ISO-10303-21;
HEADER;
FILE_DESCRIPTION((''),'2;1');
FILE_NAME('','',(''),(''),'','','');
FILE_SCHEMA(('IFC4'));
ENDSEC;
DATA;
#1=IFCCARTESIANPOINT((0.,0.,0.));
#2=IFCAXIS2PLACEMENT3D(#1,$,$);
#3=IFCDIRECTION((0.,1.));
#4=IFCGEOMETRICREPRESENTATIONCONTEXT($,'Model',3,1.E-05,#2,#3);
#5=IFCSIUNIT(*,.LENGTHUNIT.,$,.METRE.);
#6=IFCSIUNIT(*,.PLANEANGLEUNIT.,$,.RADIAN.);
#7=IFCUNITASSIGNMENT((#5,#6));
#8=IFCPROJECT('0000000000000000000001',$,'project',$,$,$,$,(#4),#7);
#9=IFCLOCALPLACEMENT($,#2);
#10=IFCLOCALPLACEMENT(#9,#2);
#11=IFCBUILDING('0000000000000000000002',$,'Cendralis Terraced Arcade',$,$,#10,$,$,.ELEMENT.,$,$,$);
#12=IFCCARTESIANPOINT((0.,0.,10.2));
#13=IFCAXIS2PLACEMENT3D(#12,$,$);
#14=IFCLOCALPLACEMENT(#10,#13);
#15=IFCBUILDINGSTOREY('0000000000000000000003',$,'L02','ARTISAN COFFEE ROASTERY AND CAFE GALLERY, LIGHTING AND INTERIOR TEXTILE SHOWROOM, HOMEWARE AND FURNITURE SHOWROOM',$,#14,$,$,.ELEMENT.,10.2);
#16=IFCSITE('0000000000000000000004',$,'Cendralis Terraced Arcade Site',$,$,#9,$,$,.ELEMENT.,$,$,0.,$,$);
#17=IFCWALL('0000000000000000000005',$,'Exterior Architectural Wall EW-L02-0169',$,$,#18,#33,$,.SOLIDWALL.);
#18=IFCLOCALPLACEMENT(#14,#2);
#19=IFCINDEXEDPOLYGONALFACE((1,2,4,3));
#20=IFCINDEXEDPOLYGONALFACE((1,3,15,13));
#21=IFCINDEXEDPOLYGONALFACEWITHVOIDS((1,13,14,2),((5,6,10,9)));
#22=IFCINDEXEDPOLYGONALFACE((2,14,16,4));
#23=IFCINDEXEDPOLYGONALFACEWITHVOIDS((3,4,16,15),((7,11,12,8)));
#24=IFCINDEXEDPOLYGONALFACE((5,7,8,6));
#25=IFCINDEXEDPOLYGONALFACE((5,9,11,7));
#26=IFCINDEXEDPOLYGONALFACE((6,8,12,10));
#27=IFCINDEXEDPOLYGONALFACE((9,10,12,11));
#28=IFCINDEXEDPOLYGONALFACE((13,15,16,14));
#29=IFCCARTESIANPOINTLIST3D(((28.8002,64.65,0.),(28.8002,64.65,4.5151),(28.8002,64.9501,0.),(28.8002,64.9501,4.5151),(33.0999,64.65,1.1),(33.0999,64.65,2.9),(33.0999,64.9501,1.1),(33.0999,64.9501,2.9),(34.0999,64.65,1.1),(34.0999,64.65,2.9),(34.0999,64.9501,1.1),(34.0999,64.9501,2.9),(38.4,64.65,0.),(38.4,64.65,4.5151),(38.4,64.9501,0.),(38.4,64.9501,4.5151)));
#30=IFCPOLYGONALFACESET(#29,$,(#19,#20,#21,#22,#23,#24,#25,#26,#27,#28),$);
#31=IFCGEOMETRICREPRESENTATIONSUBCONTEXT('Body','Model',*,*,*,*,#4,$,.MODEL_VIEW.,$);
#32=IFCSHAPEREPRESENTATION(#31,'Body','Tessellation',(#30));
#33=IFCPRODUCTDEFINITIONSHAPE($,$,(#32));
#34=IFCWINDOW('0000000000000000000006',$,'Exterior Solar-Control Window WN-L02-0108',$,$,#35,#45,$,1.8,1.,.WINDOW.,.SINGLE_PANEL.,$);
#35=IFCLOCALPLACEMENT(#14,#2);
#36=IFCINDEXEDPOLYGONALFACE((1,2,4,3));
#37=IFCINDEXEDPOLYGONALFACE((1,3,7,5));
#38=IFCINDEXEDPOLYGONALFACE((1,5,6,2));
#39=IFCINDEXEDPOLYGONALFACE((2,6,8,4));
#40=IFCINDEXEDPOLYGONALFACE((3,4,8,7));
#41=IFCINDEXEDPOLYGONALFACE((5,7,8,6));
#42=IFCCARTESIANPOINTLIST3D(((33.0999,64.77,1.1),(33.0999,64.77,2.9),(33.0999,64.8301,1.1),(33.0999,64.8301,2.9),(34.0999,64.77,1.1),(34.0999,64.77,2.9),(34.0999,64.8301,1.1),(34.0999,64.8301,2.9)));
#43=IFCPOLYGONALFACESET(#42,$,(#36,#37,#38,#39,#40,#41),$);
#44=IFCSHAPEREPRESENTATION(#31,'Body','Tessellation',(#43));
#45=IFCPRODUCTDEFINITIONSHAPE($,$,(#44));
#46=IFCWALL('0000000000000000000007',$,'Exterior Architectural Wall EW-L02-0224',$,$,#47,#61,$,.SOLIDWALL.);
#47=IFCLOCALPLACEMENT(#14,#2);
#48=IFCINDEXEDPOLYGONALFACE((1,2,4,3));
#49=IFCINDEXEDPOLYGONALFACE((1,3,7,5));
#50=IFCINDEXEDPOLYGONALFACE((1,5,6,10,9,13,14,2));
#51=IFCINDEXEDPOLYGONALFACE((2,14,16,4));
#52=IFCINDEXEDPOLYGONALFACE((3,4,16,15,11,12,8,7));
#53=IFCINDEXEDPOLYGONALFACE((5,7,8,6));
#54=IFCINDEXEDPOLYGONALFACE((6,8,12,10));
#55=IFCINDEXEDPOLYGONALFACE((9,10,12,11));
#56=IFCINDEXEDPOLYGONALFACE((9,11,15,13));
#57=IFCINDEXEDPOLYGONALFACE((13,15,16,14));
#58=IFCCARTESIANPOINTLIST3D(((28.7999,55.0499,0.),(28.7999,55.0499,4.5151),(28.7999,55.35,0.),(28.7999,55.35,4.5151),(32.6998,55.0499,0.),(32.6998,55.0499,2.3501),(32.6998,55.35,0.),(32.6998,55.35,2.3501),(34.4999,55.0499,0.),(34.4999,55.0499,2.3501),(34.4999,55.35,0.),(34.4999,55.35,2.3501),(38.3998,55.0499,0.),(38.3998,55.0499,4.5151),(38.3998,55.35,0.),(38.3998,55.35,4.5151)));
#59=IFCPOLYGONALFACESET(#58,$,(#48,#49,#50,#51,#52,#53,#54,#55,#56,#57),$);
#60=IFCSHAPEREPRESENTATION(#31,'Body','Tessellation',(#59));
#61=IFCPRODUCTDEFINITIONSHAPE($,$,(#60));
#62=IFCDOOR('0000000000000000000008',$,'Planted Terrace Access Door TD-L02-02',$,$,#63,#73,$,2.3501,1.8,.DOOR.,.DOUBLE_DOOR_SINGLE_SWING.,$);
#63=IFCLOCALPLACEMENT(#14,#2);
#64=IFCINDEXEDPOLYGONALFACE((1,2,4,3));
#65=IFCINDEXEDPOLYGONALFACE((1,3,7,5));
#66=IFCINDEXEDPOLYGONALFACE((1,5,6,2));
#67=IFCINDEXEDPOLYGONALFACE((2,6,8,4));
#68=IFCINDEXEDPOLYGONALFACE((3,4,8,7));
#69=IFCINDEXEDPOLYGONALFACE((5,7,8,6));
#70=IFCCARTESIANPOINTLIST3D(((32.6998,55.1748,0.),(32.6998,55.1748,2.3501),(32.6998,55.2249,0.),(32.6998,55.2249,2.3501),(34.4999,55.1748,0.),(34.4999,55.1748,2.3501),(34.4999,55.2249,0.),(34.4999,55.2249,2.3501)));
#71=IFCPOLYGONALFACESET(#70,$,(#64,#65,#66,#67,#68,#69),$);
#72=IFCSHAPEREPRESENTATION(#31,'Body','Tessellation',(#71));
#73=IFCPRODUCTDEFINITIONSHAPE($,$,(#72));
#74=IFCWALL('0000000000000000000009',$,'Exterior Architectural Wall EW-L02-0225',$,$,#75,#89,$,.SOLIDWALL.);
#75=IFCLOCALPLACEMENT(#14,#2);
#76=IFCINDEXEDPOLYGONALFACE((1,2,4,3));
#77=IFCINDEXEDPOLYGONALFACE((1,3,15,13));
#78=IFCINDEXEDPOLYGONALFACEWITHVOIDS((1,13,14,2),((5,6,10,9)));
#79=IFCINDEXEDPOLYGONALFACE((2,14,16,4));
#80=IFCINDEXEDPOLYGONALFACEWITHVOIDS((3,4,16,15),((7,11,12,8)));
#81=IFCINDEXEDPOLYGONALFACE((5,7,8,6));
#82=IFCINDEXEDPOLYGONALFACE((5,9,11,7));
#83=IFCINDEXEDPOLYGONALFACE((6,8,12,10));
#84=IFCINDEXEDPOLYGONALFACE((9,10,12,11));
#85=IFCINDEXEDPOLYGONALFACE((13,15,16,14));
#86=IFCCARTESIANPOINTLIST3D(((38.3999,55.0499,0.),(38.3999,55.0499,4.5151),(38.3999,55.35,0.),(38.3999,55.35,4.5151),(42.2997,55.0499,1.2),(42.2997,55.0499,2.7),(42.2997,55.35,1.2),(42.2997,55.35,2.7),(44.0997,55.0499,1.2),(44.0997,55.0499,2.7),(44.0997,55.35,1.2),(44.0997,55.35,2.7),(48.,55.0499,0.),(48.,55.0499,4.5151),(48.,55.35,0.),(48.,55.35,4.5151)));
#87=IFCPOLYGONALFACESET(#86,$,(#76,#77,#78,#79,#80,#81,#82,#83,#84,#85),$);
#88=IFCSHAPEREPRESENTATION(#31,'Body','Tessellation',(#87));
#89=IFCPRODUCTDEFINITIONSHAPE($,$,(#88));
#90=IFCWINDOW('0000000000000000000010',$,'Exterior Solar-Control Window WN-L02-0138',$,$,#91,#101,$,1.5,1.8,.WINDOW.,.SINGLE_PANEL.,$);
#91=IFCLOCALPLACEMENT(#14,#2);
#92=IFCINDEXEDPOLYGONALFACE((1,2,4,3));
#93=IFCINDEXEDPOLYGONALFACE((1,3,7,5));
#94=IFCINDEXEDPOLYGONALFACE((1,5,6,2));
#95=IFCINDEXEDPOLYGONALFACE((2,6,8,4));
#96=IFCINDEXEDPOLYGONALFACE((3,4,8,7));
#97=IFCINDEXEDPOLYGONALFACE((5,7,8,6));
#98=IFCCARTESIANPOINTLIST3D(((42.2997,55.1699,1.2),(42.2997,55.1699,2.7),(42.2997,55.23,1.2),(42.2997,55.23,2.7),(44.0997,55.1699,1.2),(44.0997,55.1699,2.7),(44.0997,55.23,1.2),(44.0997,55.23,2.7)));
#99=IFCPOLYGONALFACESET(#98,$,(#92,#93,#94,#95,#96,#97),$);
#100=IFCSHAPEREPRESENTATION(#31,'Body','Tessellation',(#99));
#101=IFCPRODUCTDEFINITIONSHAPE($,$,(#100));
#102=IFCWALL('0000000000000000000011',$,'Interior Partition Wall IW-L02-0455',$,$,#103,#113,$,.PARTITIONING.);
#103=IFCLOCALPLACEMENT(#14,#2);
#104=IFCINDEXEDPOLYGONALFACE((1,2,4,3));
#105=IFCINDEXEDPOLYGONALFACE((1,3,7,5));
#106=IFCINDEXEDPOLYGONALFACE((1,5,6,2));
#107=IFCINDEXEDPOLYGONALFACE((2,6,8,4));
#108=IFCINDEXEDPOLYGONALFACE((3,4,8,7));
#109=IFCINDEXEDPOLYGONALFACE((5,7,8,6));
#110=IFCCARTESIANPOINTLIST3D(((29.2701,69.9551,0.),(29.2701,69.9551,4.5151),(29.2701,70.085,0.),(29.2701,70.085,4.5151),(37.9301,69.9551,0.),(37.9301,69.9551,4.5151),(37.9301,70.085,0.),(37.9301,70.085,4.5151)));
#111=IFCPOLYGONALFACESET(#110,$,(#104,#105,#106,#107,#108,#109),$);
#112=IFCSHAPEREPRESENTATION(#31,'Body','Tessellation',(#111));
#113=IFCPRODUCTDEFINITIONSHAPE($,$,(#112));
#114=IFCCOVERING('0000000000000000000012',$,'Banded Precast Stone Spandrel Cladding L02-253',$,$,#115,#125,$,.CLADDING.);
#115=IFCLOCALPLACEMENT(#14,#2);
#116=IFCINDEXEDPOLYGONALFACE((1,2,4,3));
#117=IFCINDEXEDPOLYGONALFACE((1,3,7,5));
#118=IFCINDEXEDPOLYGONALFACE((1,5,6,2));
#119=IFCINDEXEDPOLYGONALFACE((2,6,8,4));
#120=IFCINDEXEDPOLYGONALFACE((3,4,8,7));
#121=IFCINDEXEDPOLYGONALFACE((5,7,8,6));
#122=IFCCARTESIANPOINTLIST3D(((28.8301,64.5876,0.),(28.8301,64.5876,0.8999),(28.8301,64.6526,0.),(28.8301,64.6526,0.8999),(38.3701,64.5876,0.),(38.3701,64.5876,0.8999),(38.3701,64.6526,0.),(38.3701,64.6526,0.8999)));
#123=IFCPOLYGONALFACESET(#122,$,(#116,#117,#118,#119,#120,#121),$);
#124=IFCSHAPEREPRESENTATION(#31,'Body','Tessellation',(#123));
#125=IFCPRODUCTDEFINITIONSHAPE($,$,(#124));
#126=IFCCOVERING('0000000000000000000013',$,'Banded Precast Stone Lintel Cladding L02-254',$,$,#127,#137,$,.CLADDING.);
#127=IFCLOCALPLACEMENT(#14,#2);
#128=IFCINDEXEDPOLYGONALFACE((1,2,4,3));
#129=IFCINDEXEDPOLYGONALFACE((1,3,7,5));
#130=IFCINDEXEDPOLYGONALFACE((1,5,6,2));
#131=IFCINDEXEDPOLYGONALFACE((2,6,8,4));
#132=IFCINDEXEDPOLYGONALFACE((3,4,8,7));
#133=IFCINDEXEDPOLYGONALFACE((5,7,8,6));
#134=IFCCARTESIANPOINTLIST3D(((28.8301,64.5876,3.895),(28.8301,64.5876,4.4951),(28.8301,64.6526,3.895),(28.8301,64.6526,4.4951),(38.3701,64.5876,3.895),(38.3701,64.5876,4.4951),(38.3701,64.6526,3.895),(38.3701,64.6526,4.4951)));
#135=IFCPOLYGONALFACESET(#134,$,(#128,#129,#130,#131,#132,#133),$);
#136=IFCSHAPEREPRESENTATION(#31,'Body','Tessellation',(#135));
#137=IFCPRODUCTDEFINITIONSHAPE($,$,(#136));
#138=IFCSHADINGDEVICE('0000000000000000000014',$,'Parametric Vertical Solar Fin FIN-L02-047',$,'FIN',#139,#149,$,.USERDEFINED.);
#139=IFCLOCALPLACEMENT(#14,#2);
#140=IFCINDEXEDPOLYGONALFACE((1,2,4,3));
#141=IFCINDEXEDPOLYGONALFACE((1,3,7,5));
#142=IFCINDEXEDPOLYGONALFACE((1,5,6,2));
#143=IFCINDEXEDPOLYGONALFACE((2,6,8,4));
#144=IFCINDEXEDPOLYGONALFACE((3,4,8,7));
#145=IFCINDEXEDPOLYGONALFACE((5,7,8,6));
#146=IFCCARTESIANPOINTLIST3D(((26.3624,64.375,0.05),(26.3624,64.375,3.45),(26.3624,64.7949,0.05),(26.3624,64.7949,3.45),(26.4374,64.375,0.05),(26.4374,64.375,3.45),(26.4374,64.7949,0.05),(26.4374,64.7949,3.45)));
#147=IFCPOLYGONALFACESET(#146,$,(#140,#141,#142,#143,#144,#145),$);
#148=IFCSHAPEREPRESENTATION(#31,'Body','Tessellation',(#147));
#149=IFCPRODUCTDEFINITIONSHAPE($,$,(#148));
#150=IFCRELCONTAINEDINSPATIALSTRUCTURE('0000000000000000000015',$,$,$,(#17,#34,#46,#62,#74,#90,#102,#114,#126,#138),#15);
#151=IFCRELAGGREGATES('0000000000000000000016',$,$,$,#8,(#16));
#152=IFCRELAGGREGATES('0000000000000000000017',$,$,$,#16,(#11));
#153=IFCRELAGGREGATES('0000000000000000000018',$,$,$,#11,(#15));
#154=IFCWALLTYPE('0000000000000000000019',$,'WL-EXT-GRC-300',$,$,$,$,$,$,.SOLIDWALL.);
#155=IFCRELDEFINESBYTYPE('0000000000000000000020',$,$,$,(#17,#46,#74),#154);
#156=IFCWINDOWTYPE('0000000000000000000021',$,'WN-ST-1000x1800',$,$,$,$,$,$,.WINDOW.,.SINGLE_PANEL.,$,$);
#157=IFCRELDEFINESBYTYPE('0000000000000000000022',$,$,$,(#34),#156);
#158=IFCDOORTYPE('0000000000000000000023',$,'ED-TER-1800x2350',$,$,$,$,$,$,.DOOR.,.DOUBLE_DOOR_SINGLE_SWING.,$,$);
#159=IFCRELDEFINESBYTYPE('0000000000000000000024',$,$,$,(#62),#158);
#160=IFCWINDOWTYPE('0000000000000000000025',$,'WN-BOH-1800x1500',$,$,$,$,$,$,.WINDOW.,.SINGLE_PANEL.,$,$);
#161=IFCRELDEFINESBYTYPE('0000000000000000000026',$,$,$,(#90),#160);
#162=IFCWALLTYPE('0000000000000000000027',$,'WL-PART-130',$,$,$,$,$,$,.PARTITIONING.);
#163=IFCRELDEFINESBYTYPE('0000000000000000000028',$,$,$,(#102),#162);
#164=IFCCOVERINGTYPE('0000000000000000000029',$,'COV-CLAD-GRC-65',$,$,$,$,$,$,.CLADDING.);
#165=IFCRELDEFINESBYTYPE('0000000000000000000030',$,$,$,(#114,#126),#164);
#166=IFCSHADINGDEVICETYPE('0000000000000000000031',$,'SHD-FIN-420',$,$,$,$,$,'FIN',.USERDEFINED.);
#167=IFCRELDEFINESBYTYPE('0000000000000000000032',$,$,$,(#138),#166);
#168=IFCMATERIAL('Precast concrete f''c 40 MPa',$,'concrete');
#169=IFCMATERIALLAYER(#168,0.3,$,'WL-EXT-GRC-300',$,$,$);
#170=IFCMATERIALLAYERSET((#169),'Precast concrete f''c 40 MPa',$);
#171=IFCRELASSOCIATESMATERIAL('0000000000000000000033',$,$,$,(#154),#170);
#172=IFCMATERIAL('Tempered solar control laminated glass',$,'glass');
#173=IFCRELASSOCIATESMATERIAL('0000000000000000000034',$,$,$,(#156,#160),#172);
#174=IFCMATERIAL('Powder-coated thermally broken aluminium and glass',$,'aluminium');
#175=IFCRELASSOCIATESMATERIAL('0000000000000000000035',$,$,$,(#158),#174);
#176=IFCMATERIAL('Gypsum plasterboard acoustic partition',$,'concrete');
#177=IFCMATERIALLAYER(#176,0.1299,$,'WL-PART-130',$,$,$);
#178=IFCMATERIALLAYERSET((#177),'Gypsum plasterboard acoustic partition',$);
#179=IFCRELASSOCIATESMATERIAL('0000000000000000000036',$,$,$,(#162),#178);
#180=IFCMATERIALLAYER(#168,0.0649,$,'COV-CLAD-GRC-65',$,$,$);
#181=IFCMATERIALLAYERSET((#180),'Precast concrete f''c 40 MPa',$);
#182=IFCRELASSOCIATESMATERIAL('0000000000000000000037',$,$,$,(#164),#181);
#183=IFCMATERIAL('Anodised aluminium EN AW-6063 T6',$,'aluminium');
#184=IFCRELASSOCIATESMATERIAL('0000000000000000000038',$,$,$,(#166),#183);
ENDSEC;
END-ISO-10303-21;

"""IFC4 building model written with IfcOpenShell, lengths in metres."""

from ifc_helpers import new_model, si_unit, direction, frame, frame_2d, origin, origin_2d, place, context, subcontext, project, spatial, rectangle, extrude, material, layer, layer_set, type_object, element, fill, save


model = new_model("IFC4")

# Units and contexts
model_context = context("Model", 3, precision=1e-05, world=origin(), true_north=direction((0.0, 1.0)))
body_context = subcontext(model_context, "Body", "Model", "MODEL_VIEW")
ifc_project = project(units=[si_unit("LENGTHUNIT", "METRE"), si_unit("PLANEANGLEUNIT", "RADIAN")], contexts=[model_context])

# Site, building, storey
site_placement = place(None, origin())
site = spatial("IfcSite", under=ifc_project, at=site_placement, Name="Cendralis Terraced Arcade Site", CompositionType="ELEMENT", RefElevation=0.0)
building_placement = place(site_placement, origin())
building = spatial("IfcBuilding", under=site, at=building_placement, Name="Cendralis Terraced Arcade", CompositionType="ELEMENT")
storey_placement = place(building_placement, frame((0.0, 0.0, 10.2)))
storey = spatial("IfcBuildingStorey", under=building, at=storey_placement, Name="L02", Description="ARTISAN COFFEE ROASTERY AND CAFE GALLERY, LIGHTING AND INTERIOR TEXTILE SHOWROOM, HOMEWARE AND FURNITURE SHOWROOM", CompositionType="ELEMENT", Elevation=10.2)

# Shared definitions
ifc_material_1 = material(Name="Anodised aluminium EN AW-6063 T6", Category="aluminium")
ifc_material_2 = material(Name="Tempered solar control laminated glass", Category="glass")

# Wall, opening, window
ifc_material_3 = material(Name="Precast concrete f'c 40 MPa", Category="concrete")
ifc_layer_1 = layer(ifc_material_3, 0.3, Name="WL-EXT-GRC-300")
ifc_layer_set_1 = layer_set([ifc_layer_1], Name="Precast concrete f'c 40 MPa")
wall_type_1 = type_object("IfcWallType", Name="WL-EXT-GRC-300", PredefinedType="SOLIDWALL", material=ifc_layer_set_1)
wall_1_placement = place(storey_placement, frame((38.3999, 64.8, 0.0), z_axis=(0.0, 0.0, 1.0), x_axis=(-1.0, 0.0, 0.0)))
wall_1 = element("IfcWall", 1, at=wall_1_placement, inside=storey, type_object=wall_type_1, Name="Exterior Architectural Wall EW-L02-0169", PredefinedType="SOLIDWALL", context=body_context, shape_type="SweptSolid", body=[
    extrude(rectangle(XDim=9.5999, YDim=0.3, at=frame_2d((4.7998, 0.0))), origin(), (0.0, 0.0, 1.0), 4.5151),
])
opening_1_placement = place(wall_1_placement, frame((4.3, 0.0, 1.1001)))
opening_1 = element("IfcOpeningElement", 2, at=opening_1_placement, cuts=wall_1, PredefinedType="OPENING", context=body_context, shape_type="SweptSolid", body=[
    extrude(rectangle(XDim=1.0, YDim=1.8, at=frame_2d((0.5, 0.8999))), frame((0.0, 0.1621, 0.0), z_axis=(0.0, -1.0, 0.0), x_axis=(1.0, 0.0, 0.0)), (0.0, 0.0, 1.0), 0.324),
])
window_type_1 = type_object("IfcWindowType", Name="WN-ST-1000x1800", PartitioningType="SINGLE_PANEL", PredefinedType="WINDOW", material=ifc_material_2)
window_1_placement = place(opening_1_placement, origin())
window_1 = element("IfcWindow", 3, at=window_1_placement, inside=storey, type_object=window_type_1, Name="Exterior Solar-Control Window WN-L02-0108", OverallHeight=1.8, OverallWidth=1.0, PartitioningType="SINGLE_PANEL", PredefinedType="WINDOW", context=body_context, shape_type="SweptSolid", body=[
    extrude(rectangle(XDim=1.0, YDim=1.8, at=frame_2d((0.5, 0.8999))), frame((0.0, 0.03, 0.0), z_axis=(0.0, -1.0, 0.0), x_axis=(1.0, 0.0, 0.0)), (0.0, 0.0, 1.0), 0.0601),
])
fill(opening_1, window_1)

# Wall, opening, door
wall_2_placement = place(storey_placement, frame((28.8, 55.2, 0.0), z_axis=(0.0, 0.0, 1.0), x_axis=(1.0, 0.0, 0.0)))
wall_2 = element("IfcWall", 4, at=wall_2_placement, inside=storey, type_object=wall_type_1, Name="Exterior Architectural Wall EW-L02-0224", PredefinedType="SOLIDWALL", context=body_context, shape_type="SweptSolid", body=[
    extrude(rectangle(XDim=9.5999, YDim=0.3, at=frame_2d((4.7998, 0.0))), origin(), (0.0, 0.0, 1.0), 4.5151),
])
opening_2_placement = place(wall_2_placement, frame((3.8999, 0.0, 0.0)))
opening_2 = element("IfcOpeningElement", 5, at=opening_2_placement, cuts=wall_2, PredefinedType="OPENING", context=body_context, shape_type="SweptSolid", body=[
    extrude(rectangle(XDim=1.8, YDim=2.3501, at=frame_2d((0.8999, 1.175))), frame((0.0, 0.1621, 0.0), z_axis=(0.0, -1.0, 0.0), x_axis=(1.0, 0.0, 0.0)), (0.0, 0.0, 1.0), 0.324),
])
ifc_material_4 = material(Name="Powder-coated thermally broken aluminium and glass", Category="aluminium")
door_type = type_object("IfcDoorType", Name="ED-TER-1800x2350", OperationType="DOUBLE_DOOR_SINGLE_SWING", PredefinedType="DOOR", material=ifc_material_4)
door_placement = place(opening_2_placement, origin())
door = element("IfcDoor", 6, at=door_placement, inside=storey, type_object=door_type, Name="Planted Terrace Access Door TD-L02-02", OperationType="DOUBLE_DOOR_SINGLE_SWING", OverallHeight=2.3501, OverallWidth=1.8, PredefinedType="DOOR", context=body_context, shape_type="SweptSolid", body=[
    extrude(rectangle(XDim=1.8, YDim=2.3501, at=frame_2d((0.8999, 1.175))), frame((0.0, 0.0249, 0.0), z_axis=(0.0, -1.0, 0.0), x_axis=(1.0, 0.0, 0.0)), (0.0, 0.0, 1.0), 0.05),
])
fill(opening_2, door)

# Wall, opening, window
wall_3_placement = place(storey_placement, frame((38.3999, 55.2, 0.0), z_axis=(0.0, 0.0, 1.0), x_axis=(1.0, 0.0, 0.0)))
wall_3 = element("IfcWall", 7, at=wall_3_placement, inside=storey, type_object=wall_type_1, Name="Exterior Architectural Wall EW-L02-0225", PredefinedType="SOLIDWALL", context=body_context, shape_type="SweptSolid", body=[
    extrude(rectangle(XDim=9.6001, YDim=0.3, at=frame_2d((4.8, 0.0))), origin(), (0.0, 0.0, 1.0), 4.5151),
])
opening_3_placement = place(wall_3_placement, frame((3.8999, 0.0, 1.2)))
opening_3 = element("IfcOpeningElement", 8, at=opening_3_placement, cuts=wall_3, PredefinedType="OPENING", context=body_context, shape_type="SweptSolid", body=[
    extrude(rectangle(XDim=1.8, YDim=1.5, at=frame_2d((0.8999, 0.75))), frame((0.0, 0.1621, 0.0), z_axis=(0.0, -1.0, 0.0), x_axis=(1.0, 0.0, 0.0)), (0.0, 0.0, 1.0), 0.324),
])
window_type_2 = type_object("IfcWindowType", Name="WN-BOH-1800x1500", PartitioningType="SINGLE_PANEL", PredefinedType="WINDOW", material=ifc_material_2)
window_2_placement = place(opening_3_placement, origin())
window_2 = element("IfcWindow", 9, at=window_2_placement, inside=storey, type_object=window_type_2, Name="Exterior Solar-Control Window WN-L02-0138", OverallHeight=1.5, OverallWidth=1.8, PartitioningType="SINGLE_PANEL", PredefinedType="WINDOW", context=body_context, shape_type="SweptSolid", body=[
    extrude(rectangle(XDim=1.8, YDim=1.5, at=frame_2d((0.8999, 0.75))), frame((0.0, 0.03, 0.0), z_axis=(0.0, -1.0, 0.0), x_axis=(1.0, 0.0, 0.0)), (0.0, 0.0, 1.0), 0.0601),
])
fill(opening_3, window_2)

# Wall
ifc_material_5 = material(Name="Gypsum plasterboard acoustic partition", Category="concrete")
ifc_layer_2 = layer(ifc_material_5, 0.1299, Name="WL-PART-130")
ifc_layer_set_2 = layer_set([ifc_layer_2], Name="Gypsum plasterboard acoustic partition")
wall_type_2 = type_object("IfcWallType", Name="WL-PART-130", PredefinedType="PARTITIONING", material=ifc_layer_set_2)
wall_4_placement = place(storey_placement, frame((29.27, 70.02, 0.0), z_axis=(0.0, 0.0, 1.0), x_axis=(1.0, 0.0, 0.0)))
element("IfcWall", 10, at=wall_4_placement, inside=storey, type_object=wall_type_2, Name="Interior Partition Wall IW-L02-0455", PredefinedType="PARTITIONING", context=body_context, shape_type="SweptSolid", body=[
    extrude(rectangle(XDim=8.6599, YDim=0.1299, at=frame_2d((4.3301, 0.0))), origin(), (0.0, 0.0, 1.0), 4.5151),
])

# Coverings
ifc_layer_3 = layer(ifc_material_3, 0.0649, Name="COV-CLAD-GRC-65")
ifc_layer_set_3 = layer_set([ifc_layer_3], Name="Precast concrete f'c 40 MPa")
covering_type = type_object("IfcCoveringType", Name="COV-CLAD-GRC-65", PredefinedType="CLADDING", material=ifc_layer_set_3)
covering_1_placement = place(storey_placement, frame((33.6001, 64.6201, 0.0), z_axis=(0.0, 0.0, 1.0), x_axis=(-1.0, 0.0, 0.0)))
element("IfcCovering", 11, at=covering_1_placement, inside=storey, type_object=covering_type, Name="Banded Precast Stone Spandrel Cladding L02-253", PredefinedType="CLADDING", context=body_context, shape_type="SweptSolid", body=[
    extrude(rectangle(XDim=9.54, YDim=0.0649, at=origin_2d()), origin(), (0.0, 0.0, 1.0), 0.8999),
])
covering_2_placement = place(storey_placement, frame((33.6001, 64.6201, 3.895), z_axis=(0.0, 0.0, 1.0), x_axis=(-1.0, 0.0, 0.0)))
element("IfcCovering", 12, at=covering_2_placement, inside=storey, type_object=covering_type, Name="Banded Precast Stone Lintel Cladding L02-254", PredefinedType="CLADDING", context=body_context, shape_type="SweptSolid", body=[
    extrude(rectangle(XDim=9.54, YDim=0.0649, at=origin_2d()), origin(), (0.0, 0.0, 1.0), 0.6001),
])

# Shading device
shading_device_type = type_object("IfcShadingDeviceType", Name="SHD-FIN-420", ElementType="FIN", PredefinedType="USERDEFINED", material=ifc_material_1)
shading_device_placement = place(storey_placement, frame((26.3999, 64.585, 0.05), z_axis=(0.0, 0.0, 1.0), x_axis=(-1.0, 0.0, 0.0)))
element("IfcShadingDevice", 13, at=shading_device_placement, inside=storey, type_object=shading_device_type, Name="Parametric Vertical Solar Fin FIN-L02-047", ObjectType="FIN", PredefinedType="USERDEFINED", context=body_context, shape_type="SweptSolid", body=[
    extrude(rectangle(XDim=0.075, YDim=0.4199, at=origin_2d()), origin(), (0.0, 0.0, 1.0), 3.3999),
])

save(model, "model.ifc")
